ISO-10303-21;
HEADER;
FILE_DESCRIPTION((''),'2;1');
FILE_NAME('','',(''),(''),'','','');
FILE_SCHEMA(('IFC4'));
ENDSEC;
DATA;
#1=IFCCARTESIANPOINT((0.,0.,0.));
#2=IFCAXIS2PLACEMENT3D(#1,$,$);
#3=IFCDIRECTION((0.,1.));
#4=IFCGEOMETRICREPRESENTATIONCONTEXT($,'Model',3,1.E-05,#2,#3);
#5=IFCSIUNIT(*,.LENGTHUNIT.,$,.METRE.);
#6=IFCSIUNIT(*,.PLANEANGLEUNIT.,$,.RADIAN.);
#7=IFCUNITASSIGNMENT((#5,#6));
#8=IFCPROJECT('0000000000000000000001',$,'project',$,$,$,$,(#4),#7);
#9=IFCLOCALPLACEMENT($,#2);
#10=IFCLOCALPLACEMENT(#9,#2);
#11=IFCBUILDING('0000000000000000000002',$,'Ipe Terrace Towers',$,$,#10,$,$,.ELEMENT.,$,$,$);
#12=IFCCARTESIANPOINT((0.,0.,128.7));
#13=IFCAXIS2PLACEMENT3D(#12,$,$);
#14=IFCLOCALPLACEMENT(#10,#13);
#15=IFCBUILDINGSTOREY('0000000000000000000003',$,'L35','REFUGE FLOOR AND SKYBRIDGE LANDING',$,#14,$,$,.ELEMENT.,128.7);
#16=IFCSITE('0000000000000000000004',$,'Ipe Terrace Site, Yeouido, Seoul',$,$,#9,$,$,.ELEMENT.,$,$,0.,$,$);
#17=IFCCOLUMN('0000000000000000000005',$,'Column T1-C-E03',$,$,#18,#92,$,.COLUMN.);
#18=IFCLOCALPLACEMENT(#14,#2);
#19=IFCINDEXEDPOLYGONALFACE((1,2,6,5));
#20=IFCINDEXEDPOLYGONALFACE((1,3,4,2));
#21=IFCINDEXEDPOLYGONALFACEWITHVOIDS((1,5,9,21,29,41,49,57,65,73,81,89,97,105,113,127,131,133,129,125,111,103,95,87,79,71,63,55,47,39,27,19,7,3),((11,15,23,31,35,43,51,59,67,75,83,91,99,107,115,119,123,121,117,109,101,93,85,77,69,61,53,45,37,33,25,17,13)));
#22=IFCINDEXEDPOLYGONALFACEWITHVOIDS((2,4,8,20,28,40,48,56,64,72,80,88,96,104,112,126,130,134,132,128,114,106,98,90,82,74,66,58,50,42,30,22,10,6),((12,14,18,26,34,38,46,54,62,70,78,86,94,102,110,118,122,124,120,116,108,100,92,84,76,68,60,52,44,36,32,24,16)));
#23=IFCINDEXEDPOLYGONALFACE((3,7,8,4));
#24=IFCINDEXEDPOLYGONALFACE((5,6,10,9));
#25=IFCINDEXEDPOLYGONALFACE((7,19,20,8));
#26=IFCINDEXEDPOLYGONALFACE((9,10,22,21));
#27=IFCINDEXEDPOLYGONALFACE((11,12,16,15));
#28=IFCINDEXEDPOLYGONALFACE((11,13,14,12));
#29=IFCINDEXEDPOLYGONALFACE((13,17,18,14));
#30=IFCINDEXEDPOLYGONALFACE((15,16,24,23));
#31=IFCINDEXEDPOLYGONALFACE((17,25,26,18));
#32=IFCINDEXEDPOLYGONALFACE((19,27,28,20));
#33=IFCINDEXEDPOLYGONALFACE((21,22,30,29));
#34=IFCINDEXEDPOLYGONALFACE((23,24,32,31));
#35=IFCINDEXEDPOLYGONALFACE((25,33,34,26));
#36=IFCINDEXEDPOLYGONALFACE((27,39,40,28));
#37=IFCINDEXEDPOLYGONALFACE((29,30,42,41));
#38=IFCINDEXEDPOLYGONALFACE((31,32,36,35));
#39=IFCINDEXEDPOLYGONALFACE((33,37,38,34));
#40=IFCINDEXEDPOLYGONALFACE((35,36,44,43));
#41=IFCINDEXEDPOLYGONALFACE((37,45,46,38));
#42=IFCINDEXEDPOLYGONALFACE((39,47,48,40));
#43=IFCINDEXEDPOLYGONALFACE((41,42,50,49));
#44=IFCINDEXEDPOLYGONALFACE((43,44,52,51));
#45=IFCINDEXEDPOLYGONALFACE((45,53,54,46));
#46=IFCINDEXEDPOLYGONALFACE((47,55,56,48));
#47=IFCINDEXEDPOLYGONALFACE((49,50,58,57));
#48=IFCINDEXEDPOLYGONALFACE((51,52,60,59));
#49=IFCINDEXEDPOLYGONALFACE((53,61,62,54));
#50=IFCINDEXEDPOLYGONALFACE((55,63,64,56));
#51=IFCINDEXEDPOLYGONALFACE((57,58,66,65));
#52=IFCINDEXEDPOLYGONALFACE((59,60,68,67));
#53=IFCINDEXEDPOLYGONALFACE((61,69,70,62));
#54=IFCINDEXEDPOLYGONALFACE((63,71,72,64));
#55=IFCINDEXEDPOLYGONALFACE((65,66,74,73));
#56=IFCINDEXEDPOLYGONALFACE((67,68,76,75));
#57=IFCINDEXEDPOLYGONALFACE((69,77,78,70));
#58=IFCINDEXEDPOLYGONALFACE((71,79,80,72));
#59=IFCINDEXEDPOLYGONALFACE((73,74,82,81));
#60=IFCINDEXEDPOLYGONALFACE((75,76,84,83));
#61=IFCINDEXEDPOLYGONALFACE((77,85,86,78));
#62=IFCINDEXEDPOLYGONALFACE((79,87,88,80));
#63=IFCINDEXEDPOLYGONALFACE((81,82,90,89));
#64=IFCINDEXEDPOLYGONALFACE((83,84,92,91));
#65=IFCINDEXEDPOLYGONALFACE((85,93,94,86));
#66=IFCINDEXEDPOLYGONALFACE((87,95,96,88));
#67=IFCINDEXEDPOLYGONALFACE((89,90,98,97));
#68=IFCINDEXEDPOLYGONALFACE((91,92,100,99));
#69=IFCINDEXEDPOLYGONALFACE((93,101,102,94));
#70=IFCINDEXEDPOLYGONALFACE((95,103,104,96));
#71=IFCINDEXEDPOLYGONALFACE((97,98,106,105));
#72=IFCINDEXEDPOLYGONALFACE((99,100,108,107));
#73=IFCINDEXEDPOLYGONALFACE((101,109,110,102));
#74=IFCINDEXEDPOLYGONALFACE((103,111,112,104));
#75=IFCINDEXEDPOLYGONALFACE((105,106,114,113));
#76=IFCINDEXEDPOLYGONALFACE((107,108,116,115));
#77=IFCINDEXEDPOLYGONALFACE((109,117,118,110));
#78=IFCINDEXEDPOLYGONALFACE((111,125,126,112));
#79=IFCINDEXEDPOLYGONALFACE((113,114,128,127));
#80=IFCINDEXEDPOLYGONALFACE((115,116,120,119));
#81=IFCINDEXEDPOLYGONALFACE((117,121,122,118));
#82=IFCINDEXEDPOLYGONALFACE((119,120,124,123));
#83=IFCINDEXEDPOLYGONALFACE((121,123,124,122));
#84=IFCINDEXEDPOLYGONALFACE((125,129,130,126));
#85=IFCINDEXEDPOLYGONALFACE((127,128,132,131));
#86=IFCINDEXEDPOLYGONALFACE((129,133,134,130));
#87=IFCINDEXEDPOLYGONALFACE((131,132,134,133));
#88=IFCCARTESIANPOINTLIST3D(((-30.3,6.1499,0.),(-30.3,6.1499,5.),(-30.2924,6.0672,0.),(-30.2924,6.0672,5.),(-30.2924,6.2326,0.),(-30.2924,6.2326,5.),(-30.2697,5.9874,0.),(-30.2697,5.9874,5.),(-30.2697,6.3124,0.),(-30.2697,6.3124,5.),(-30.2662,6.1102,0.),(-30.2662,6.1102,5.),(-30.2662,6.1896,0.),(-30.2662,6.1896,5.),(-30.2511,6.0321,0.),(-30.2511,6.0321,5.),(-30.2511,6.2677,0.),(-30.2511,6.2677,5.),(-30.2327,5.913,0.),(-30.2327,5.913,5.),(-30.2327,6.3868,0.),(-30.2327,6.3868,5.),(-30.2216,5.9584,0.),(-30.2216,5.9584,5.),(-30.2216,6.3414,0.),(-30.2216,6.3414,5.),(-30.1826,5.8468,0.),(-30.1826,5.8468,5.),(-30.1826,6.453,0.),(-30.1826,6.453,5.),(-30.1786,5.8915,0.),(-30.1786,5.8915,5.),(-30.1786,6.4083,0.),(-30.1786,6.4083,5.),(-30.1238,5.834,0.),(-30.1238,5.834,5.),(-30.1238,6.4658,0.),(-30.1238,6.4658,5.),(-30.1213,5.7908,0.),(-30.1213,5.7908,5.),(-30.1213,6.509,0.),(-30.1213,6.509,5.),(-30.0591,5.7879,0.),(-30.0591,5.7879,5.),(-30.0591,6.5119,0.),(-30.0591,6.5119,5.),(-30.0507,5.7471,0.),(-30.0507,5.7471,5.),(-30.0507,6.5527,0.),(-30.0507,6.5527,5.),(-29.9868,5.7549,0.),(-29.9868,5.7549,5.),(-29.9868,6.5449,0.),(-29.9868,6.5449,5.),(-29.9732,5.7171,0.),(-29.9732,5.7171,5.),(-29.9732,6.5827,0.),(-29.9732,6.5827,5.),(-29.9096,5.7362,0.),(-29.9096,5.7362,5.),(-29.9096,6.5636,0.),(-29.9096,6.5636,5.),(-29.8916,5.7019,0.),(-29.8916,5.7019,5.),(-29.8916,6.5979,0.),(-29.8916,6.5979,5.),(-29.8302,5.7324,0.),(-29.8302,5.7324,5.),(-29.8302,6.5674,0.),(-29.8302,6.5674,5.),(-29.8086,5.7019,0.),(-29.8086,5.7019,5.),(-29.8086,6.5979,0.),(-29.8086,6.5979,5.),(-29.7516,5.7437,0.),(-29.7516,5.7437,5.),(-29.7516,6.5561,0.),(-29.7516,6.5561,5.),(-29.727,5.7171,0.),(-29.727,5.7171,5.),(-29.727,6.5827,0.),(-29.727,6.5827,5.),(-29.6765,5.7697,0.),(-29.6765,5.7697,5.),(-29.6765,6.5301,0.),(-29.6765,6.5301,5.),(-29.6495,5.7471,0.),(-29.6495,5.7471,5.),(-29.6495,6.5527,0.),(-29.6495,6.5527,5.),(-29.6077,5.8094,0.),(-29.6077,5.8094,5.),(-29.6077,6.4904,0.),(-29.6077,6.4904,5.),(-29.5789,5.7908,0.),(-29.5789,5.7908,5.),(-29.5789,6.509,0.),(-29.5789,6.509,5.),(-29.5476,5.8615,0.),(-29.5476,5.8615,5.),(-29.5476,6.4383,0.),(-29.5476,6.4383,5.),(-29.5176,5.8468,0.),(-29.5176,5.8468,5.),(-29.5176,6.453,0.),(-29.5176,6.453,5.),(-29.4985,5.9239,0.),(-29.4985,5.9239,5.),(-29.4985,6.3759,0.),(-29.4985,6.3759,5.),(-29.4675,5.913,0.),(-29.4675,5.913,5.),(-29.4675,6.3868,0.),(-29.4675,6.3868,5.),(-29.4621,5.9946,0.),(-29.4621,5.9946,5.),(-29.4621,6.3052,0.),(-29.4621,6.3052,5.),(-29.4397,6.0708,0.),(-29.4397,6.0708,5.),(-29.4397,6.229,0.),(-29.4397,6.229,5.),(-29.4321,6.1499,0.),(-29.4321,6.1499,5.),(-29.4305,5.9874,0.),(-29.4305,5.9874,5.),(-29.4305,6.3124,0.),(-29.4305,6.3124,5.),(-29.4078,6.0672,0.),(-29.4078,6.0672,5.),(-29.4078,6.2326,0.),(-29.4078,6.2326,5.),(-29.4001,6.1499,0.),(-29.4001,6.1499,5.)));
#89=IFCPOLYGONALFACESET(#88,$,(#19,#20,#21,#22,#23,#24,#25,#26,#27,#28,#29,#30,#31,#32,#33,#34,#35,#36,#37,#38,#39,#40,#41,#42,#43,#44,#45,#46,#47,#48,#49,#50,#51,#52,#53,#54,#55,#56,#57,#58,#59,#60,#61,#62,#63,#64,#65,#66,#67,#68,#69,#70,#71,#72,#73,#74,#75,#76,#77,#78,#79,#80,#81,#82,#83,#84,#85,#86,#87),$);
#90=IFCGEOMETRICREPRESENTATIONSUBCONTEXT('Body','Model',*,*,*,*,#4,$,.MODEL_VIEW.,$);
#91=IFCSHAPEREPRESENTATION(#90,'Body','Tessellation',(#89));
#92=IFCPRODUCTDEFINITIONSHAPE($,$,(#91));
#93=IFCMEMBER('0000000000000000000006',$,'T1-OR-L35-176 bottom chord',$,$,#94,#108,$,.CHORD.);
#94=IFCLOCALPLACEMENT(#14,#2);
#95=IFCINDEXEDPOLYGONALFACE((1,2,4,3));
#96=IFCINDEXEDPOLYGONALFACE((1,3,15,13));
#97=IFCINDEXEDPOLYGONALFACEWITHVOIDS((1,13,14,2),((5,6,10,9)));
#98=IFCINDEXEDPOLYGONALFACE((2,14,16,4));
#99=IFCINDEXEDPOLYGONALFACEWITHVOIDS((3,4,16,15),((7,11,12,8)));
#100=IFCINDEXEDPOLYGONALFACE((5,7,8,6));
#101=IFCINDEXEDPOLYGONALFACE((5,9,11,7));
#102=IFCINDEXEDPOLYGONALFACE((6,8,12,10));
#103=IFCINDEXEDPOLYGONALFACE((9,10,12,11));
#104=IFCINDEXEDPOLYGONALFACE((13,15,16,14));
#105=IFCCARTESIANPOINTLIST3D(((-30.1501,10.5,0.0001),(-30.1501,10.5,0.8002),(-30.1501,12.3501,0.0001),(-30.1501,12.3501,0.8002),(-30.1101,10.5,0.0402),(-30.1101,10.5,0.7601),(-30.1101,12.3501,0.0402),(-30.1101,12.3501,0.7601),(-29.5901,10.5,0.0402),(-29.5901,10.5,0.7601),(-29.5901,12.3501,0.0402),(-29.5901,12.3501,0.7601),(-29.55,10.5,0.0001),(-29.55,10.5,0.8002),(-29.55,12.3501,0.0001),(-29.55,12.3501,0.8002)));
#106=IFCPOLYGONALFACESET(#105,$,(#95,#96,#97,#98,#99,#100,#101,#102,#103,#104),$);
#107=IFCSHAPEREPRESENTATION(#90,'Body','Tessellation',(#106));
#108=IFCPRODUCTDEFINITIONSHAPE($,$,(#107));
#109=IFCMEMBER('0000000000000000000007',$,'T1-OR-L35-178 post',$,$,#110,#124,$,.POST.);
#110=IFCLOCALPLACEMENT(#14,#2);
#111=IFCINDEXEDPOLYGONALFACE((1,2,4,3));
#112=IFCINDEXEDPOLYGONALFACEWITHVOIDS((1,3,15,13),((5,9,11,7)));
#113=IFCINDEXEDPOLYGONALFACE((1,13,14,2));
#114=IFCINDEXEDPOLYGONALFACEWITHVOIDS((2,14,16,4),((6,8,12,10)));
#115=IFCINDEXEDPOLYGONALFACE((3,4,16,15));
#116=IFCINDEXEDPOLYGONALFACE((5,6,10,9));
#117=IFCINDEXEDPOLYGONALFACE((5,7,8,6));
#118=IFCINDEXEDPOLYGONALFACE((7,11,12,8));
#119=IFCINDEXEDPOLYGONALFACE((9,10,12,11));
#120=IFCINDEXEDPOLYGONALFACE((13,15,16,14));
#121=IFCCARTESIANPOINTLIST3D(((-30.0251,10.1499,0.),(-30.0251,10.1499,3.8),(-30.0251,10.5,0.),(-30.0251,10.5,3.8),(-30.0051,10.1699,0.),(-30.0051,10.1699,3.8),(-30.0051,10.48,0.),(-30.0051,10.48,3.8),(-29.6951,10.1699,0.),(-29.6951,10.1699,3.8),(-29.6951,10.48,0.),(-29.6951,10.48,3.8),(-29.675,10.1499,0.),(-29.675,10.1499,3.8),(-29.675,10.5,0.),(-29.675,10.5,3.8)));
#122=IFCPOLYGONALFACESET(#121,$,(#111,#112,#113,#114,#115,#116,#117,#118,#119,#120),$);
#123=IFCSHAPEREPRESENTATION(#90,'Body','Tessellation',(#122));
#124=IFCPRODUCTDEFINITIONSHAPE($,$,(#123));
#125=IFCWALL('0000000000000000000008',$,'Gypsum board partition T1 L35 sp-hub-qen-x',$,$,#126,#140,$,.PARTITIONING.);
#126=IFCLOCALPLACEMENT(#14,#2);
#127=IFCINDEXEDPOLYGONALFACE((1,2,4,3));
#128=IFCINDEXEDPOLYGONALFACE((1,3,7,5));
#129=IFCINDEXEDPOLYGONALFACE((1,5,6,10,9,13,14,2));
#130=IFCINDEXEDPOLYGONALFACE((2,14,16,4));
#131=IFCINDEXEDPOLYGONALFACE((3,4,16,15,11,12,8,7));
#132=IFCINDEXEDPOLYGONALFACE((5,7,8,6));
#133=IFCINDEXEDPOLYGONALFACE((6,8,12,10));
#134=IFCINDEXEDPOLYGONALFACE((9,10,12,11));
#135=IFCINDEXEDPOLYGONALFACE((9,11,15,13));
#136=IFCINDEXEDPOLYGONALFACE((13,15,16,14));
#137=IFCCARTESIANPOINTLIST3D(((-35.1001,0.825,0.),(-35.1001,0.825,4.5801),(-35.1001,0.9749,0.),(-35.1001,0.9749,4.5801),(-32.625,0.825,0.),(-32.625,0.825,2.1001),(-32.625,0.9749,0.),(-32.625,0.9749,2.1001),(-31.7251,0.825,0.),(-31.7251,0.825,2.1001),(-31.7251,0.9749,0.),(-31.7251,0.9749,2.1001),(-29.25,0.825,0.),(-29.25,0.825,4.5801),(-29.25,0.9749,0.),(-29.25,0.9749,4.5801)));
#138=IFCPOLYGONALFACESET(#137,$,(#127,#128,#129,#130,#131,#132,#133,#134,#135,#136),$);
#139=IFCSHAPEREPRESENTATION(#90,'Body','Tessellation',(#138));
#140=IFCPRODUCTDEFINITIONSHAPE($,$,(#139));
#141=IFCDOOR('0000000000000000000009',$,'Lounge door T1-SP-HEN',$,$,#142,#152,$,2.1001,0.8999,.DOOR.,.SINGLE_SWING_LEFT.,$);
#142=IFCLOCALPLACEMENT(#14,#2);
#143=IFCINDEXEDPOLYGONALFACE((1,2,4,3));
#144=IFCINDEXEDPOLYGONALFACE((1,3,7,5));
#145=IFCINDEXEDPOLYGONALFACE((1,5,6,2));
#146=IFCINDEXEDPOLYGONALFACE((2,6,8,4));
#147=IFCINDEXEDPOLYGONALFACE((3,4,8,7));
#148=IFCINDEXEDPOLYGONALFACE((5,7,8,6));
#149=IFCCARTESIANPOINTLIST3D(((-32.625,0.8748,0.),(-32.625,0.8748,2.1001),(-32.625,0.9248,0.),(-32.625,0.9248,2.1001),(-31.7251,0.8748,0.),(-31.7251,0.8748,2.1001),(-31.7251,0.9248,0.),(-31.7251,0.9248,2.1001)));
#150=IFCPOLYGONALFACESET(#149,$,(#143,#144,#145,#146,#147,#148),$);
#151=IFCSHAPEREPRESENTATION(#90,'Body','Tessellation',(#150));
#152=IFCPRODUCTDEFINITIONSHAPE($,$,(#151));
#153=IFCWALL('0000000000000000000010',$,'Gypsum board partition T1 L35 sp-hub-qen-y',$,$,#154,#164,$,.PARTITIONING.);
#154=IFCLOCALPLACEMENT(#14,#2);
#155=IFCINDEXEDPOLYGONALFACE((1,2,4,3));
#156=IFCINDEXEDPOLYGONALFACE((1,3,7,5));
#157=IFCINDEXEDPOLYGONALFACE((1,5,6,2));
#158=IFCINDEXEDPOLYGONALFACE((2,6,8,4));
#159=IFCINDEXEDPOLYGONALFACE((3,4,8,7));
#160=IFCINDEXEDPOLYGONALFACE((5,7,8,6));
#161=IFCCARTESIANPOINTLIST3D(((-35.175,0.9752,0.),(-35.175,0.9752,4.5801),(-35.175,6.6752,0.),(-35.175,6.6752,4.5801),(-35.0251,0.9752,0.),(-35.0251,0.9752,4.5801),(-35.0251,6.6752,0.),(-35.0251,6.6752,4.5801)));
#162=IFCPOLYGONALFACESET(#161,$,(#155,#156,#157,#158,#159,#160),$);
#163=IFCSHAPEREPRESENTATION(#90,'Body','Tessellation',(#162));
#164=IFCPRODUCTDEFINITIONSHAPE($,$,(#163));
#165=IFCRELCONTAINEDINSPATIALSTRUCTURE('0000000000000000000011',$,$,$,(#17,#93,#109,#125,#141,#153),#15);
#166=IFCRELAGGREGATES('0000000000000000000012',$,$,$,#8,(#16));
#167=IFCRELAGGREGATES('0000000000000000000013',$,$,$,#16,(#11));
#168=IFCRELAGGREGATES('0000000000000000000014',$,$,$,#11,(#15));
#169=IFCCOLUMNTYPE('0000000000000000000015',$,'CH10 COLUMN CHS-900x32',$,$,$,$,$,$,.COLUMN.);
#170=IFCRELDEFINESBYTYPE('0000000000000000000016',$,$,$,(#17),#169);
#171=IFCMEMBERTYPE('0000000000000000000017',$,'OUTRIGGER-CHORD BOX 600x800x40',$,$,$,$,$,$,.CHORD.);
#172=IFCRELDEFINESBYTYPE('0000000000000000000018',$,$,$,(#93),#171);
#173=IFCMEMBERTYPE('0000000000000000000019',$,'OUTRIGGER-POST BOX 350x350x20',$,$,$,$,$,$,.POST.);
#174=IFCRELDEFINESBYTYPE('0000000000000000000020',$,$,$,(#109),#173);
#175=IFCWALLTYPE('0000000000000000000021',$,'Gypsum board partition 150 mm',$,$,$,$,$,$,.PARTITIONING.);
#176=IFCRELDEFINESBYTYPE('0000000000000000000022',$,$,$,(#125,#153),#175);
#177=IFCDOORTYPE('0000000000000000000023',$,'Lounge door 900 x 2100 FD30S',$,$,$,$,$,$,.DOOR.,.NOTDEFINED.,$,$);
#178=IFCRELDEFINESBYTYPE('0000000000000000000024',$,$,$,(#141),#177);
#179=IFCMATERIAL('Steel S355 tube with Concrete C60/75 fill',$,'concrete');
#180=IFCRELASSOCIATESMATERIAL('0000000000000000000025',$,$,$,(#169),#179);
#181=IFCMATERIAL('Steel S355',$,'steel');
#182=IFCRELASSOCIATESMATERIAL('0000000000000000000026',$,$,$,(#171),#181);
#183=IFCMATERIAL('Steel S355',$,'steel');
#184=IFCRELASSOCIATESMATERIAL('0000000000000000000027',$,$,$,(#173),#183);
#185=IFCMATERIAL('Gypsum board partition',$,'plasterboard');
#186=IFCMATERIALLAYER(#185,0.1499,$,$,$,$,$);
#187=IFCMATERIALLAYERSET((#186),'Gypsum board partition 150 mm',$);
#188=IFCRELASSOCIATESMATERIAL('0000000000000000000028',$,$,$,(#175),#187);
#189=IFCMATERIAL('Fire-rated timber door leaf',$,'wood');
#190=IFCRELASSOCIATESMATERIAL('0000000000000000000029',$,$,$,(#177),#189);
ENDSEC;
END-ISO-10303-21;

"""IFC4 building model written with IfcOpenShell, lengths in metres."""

from ifc_helpers import new_model, si_unit, direction, frame, frame_2d, origin, origin_2d, place, context, subcontext, project, spatial, rectangle, hollow_rectangle, hollow_circle, extrude, material, layer, layer_set, material_profile, profile_set, type_object, element, fill, save


model = new_model("IFC4")

# Units and contexts
model_context = context("Model", 3, precision=1e-05, world=origin(), true_north=direction((0.0, 1.0)))
body_context = subcontext(model_context, "Body", "Model", "MODEL_VIEW")
ifc_project = project(units=[si_unit("LENGTHUNIT", "METRE"), si_unit("PLANEANGLEUNIT", "RADIAN")], contexts=[model_context])

# Site, building, storey
site_placement = place(None, origin())
site = spatial("IfcSite", under=ifc_project, at=site_placement, Name="Ipe Terrace Site, Yeouido, Seoul", CompositionType="ELEMENT", RefElevation=0.0)
building_placement = place(site_placement, origin())
building = spatial("IfcBuilding", under=site, at=building_placement, Name="Ipe Terrace Towers", CompositionType="ELEMENT")
storey_placement = place(building_placement, frame((0.0, 0.0, 128.7)))
storey = spatial("IfcBuildingStorey", under=building, at=storey_placement, Name="L35", Description="REFUGE FLOOR AND SKYBRIDGE LANDING", CompositionType="ELEMENT", Elevation=128.7)

# Column
ifc_material_1 = material(Name="Steel S355 tube with Concrete C60/75 fill", Category="concrete")
ifc_material_profile_1 = material_profile(ifc_material_1, hollow_circle(Radius=0.45, WallThickness=0.032, at=origin_2d()), Name="CHS-900x32")
ifc_profile_set_1 = profile_set([ifc_material_profile_1], Name="Steel S355 tube with Concrete C60/75 fill")
column_type = type_object("IfcColumnType", Name="CH10 COLUMN CHS-900x32", PredefinedType="COLUMN", material=ifc_profile_set_1)
column_placement = place(storey_placement, frame((-29.8501, 6.1499, 0.0), z_axis=(0.0, 0.0, 1.0), x_axis=(1.0, 0.0, 0.0)))
element("IfcColumn", 1, at=column_placement, inside=storey, type_object=column_type, Name="Column T1-C-E03", PredefinedType="COLUMN", context=body_context, shape_type="SweptSolid", body=[
    extrude(hollow_circle(Radius=0.45, WallThickness=0.032, at=origin_2d()), origin(), (0.0, 0.0, 1.0), 5.0),
])

# Members
ifc_material_2 = material(Name="Steel S355", Category="steel")
ifc_material_profile_2 = material_profile(ifc_material_2, hollow_rectangle(XDim=0.6001, YDim=0.8, WallThickness=0.04, at=origin_2d()), Name="OUTRIGGER-CHORD BOX 600x800x40")
ifc_profile_set_2 = profile_set([ifc_material_profile_2], Name="Steel S355")
member_type_1 = type_object("IfcMemberType", Name="OUTRIGGER-CHORD BOX 600x800x40", PredefinedType="CHORD", material=ifc_profile_set_2)
member_1_placement = place(storey_placement, frame((-29.8501, 10.5, 0.4001), z_axis=(0.0, 1.0, 0.0), x_axis=(-1.0, 0.0, 0.0)))
element("IfcMember", 2, at=member_1_placement, inside=storey, type_object=member_type_1, Name="T1-OR-L35-176 bottom chord", PredefinedType="CHORD", context=body_context, shape_type="SweptSolid", body=[
    extrude(hollow_rectangle(XDim=0.6001, YDim=0.8, WallThickness=0.04, at=origin_2d()), origin(), (0.0, 0.0, 1.0), 1.8501),
])
ifc_material_3 = material(Name="Steel S355", Category="steel")
ifc_material_profile_3 = material_profile(ifc_material_3, hollow_rectangle(XDim=0.3501, YDim=0.3501, WallThickness=0.02, at=origin_2d()), Name="OUTRIGGER-POST BOX 350x350x20")
ifc_profile_set_3 = profile_set([ifc_material_profile_3], Name="Steel S355")
member_type_2 = type_object("IfcMemberType", Name="OUTRIGGER-POST BOX 350x350x20", PredefinedType="POST", material=ifc_profile_set_3)
member_2_placement = place(storey_placement, frame((-29.8501, 10.325, 0.0), z_axis=(0.0, 0.0, 1.0), x_axis=(1.0, 0.0, 0.0)))
element("IfcMember", 3, at=member_2_placement, inside=storey, type_object=member_type_2, Name="T1-OR-L35-178 post", PredefinedType="POST", context=body_context, shape_type="SweptSolid", body=[
    extrude(hollow_rectangle(XDim=0.3501, YDim=0.3501, WallThickness=0.02, at=origin_2d()), origin(), (0.0, 0.0, 1.0), 3.8),
])

# Wall, opening, door
ifc_material_4 = material(Name="Gypsum board partition", Category="plasterboard")
ifc_layer = layer(ifc_material_4, 0.1499)
ifc_layer_set = layer_set([ifc_layer], Name="Gypsum board partition 150 mm")
wall_type = type_object("IfcWallType", Name="Gypsum board partition 150 mm", PredefinedType="PARTITIONING", material=ifc_layer_set)
wall_1_placement = place(storey_placement, frame((-35.1001, 0.8999, 0.0), z_axis=(0.0, 0.0, 1.0), x_axis=(1.0, 0.0, 0.0)))
wall_1 = element("IfcWall", 4, at=wall_1_placement, inside=storey, type_object=wall_type, Name="Gypsum board partition T1 L35 sp-hub-qen-x", PredefinedType="PARTITIONING", context=body_context, shape_type="SweptSolid", body=[
    extrude(rectangle(XDim=5.8501, YDim=0.1499, at=frame_2d((2.925, 0.0))), origin(), (0.0, 0.0, 1.0), 4.5801),
])
opening_1_placement = place(wall_1_placement, frame((2.4751, 0.0, 0.0)))
opening_1 = element("IfcOpeningElement", 5, at=opening_1_placement, cuts=wall_1, PredefinedType="OPENING", context=body_context, shape_type="SweptSolid", body=[
    extrude(rectangle(XDim=0.8999, YDim=2.1001, at=frame_2d((0.45, 1.05))), frame((0.0, 0.085, 0.0), z_axis=(0.0, -1.0, 0.0), x_axis=(1.0, 0.0, 0.0)), (0.0, 0.0, 1.0), 0.1699),
])
ifc_material_5 = material(Name="Fire-rated timber door leaf", Category="wood")
door_type = type_object("IfcDoorType", Name="Lounge door 900 x 2100 FD30S", OperationType="NOTDEFINED", PredefinedType="DOOR", material=ifc_material_5)
door_1_placement = place(opening_1_placement, origin())
door_1 = element("IfcDoor", 6, at=door_1_placement, inside=storey, type_object=door_type, Name="Lounge door T1-SP-HEN", OperationType="SINGLE_SWING_LEFT", OverallHeight=2.1001, OverallWidth=0.8999, PredefinedType="DOOR", context=body_context, shape_type="SweptSolid", body=[
    extrude(rectangle(XDim=0.8999, YDim=2.1001, at=frame_2d((0.45, 1.05))), frame((0.0, 0.0249, 0.0), z_axis=(0.0, -1.0, 0.0), x_axis=(1.0, 0.0, 0.0)), (0.0, 0.0, 1.0), 0.05),
])
fill(opening_1, door_1)

# Wall
wall_2_placement = place(storey_placement, frame((-35.1001, 0.9751, 0.0), z_axis=(0.0, 0.0, 1.0), x_axis=(0.0, 1.0, 0.0)))
element("IfcWall", 7, at=wall_2_placement, inside=storey, type_object=wall_type, Name="Gypsum board partition T1 L35 sp-hub-qen-y", PredefinedType="PARTITIONING", context=body_context, shape_type="SweptSolid", body=[
    extrude(rectangle(XDim=5.7, YDim=0.1499, at=frame_2d((2.8501, 0.0))), origin(), (0.0, 0.0, 1.0), 4.5801),
])

save(model, "model.ifc")
